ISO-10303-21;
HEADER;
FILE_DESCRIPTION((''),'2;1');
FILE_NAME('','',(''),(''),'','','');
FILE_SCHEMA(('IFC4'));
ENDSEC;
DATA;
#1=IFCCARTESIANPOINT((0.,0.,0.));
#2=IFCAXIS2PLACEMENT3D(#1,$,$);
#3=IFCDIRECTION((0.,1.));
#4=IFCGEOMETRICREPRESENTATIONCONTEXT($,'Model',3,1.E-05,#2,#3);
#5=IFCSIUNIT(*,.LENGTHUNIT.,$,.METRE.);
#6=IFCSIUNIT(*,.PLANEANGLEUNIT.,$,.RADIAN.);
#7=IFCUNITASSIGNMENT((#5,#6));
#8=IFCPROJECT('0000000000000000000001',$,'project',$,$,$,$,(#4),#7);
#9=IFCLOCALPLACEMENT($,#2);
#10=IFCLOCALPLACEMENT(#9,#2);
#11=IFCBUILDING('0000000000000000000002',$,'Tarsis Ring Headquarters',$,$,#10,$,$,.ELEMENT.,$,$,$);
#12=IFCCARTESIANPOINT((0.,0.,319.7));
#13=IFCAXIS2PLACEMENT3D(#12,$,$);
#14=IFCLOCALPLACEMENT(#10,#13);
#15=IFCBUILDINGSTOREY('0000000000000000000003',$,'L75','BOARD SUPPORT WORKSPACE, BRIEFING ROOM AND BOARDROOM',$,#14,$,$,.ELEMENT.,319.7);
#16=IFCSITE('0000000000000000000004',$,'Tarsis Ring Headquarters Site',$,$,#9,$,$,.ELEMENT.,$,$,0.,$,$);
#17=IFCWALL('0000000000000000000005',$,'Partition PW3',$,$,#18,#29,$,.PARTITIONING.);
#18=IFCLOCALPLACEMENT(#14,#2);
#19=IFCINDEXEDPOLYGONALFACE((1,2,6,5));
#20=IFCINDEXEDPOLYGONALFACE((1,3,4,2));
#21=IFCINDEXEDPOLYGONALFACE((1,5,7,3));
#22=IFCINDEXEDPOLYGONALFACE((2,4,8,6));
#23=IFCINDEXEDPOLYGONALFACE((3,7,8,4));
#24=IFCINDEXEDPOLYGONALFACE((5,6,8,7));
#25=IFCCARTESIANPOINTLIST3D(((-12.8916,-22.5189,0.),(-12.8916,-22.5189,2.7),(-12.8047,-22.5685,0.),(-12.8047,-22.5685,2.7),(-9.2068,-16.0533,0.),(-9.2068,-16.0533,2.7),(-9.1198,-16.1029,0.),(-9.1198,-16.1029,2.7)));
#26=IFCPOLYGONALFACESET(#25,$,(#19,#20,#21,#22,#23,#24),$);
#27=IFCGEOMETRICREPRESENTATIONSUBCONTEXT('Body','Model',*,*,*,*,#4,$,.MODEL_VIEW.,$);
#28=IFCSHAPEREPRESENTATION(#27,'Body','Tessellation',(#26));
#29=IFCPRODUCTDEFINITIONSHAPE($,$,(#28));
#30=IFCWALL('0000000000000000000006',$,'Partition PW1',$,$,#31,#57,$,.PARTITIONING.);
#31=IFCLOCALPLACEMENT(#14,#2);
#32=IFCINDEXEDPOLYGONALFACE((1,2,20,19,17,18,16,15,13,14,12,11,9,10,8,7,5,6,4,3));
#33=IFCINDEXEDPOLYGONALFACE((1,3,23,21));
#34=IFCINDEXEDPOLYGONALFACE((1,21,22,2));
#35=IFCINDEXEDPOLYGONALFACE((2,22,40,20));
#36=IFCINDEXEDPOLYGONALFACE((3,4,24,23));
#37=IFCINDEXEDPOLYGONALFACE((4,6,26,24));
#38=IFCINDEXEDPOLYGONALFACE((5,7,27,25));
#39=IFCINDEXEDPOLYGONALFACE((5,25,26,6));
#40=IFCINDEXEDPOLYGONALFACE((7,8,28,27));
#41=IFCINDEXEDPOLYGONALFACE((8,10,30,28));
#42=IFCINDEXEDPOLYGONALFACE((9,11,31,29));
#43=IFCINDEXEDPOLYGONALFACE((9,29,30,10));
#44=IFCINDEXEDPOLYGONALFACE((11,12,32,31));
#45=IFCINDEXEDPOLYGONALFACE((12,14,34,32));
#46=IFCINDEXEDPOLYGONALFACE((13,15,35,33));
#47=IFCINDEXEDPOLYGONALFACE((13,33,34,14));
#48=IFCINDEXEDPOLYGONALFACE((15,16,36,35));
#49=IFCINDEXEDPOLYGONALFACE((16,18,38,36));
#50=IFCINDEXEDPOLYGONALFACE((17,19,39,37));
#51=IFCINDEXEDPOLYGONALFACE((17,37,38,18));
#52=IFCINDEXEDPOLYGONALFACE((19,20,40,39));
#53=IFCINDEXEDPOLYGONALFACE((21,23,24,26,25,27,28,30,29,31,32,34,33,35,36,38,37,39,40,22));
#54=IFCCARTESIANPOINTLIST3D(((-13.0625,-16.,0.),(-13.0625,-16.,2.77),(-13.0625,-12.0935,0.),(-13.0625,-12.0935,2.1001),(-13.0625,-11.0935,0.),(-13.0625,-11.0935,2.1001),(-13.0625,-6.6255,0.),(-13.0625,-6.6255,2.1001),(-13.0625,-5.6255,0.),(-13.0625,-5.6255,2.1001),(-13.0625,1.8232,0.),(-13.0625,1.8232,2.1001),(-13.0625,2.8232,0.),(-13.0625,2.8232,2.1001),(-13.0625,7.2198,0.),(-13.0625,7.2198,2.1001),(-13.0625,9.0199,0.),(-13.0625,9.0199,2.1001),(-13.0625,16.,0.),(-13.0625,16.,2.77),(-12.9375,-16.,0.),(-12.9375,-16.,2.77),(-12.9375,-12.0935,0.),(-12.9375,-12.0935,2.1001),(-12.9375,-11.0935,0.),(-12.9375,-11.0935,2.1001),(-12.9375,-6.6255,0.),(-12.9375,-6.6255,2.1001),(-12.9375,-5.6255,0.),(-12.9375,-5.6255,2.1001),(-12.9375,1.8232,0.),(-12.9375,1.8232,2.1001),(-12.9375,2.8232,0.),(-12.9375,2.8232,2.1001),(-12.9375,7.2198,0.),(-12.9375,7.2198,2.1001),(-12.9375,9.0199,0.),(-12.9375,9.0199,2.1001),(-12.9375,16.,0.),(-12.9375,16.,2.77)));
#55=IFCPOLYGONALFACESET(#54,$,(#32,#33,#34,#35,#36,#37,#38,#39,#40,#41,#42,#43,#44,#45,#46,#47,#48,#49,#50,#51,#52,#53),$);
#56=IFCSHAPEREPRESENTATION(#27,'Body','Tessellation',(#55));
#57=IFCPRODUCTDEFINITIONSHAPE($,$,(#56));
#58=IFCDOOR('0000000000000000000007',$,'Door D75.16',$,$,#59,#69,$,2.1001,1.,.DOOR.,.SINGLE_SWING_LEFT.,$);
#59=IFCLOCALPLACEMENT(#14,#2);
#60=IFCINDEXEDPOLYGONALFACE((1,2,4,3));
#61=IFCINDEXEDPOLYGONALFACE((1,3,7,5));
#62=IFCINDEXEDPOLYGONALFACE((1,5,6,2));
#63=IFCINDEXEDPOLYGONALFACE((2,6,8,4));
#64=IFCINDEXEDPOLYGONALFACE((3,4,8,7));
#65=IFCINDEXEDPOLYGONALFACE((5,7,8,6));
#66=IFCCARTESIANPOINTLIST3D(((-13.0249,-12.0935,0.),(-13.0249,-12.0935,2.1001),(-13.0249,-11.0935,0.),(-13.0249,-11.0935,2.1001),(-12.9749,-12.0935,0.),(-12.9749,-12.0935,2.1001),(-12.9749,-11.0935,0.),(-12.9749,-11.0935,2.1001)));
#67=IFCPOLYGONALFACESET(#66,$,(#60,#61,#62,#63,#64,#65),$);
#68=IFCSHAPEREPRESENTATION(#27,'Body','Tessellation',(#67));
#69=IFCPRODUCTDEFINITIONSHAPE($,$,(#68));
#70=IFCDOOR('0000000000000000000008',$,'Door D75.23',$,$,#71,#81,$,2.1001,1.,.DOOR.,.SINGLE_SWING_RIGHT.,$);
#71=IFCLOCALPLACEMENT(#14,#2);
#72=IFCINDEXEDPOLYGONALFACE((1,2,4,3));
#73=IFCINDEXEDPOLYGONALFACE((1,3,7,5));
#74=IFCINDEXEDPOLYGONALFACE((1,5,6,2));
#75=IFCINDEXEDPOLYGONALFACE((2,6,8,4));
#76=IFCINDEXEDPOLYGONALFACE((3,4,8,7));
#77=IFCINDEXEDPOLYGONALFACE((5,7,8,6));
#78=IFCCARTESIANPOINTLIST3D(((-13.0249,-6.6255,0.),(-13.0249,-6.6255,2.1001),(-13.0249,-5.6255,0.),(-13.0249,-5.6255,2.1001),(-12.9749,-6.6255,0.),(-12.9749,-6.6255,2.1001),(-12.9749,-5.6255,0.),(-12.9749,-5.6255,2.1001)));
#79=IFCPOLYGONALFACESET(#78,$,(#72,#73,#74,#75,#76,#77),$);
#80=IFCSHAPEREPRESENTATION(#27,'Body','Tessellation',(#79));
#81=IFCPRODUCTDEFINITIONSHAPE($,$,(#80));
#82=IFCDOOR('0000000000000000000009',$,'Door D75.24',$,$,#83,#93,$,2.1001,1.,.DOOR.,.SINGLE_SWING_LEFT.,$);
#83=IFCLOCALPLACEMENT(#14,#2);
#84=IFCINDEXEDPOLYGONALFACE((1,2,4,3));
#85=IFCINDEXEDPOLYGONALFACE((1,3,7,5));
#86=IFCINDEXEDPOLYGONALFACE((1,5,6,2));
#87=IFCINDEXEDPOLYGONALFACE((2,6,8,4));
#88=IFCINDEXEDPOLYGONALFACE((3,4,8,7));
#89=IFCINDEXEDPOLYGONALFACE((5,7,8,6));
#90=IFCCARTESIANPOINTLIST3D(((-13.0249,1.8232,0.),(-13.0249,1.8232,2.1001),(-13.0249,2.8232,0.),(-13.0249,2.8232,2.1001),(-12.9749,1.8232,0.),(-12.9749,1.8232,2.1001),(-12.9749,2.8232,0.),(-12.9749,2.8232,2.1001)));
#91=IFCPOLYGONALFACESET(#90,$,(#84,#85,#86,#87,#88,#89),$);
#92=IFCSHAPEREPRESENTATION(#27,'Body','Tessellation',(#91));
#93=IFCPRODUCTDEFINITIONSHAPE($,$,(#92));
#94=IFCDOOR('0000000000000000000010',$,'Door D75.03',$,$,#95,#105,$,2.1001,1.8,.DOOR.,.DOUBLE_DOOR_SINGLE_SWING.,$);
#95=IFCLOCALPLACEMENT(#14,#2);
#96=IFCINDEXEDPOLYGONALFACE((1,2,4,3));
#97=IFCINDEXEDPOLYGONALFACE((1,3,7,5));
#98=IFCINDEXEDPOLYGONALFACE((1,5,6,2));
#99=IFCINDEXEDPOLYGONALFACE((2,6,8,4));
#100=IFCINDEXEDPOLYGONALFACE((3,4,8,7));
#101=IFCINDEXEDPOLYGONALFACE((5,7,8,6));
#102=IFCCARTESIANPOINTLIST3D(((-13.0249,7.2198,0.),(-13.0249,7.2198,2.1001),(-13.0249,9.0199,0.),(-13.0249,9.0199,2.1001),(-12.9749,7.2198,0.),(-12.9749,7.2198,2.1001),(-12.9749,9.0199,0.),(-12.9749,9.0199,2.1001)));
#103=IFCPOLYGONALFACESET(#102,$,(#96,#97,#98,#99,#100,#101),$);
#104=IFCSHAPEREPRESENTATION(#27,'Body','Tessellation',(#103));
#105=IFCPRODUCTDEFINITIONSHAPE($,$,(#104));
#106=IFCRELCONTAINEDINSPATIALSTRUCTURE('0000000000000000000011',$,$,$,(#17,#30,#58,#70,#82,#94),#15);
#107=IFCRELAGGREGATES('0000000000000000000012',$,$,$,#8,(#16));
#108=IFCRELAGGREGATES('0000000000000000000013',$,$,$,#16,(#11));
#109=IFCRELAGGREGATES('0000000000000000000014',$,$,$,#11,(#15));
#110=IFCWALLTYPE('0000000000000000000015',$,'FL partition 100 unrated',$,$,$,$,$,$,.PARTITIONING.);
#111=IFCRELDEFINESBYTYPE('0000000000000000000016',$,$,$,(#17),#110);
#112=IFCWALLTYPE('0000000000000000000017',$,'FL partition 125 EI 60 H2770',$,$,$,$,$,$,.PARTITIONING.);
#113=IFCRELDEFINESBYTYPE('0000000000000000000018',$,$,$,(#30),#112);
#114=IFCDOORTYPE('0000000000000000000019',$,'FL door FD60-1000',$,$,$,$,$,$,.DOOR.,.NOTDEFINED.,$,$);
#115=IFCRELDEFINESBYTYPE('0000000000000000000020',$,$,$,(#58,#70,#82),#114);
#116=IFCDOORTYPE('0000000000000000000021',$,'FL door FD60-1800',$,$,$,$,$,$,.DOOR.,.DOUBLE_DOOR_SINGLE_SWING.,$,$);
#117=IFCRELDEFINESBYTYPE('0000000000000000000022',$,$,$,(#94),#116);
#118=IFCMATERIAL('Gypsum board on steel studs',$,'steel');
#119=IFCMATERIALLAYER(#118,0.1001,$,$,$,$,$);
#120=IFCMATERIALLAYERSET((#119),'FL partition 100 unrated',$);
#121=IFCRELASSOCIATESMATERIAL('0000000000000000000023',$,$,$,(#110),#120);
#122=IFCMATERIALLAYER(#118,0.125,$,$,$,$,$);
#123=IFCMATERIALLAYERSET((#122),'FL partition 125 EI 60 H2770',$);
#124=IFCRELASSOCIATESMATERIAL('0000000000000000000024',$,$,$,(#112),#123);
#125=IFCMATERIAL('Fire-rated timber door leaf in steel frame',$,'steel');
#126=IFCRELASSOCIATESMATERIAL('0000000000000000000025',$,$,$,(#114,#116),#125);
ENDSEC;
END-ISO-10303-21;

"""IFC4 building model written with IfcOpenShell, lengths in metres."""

from ifc_helpers import new_model, si_unit, direction, frame, frame_2d, origin, place, context, subcontext, project, spatial, rectangle, extrude, material, layer, layer_set, type_object, element, fill, save


model = new_model("IFC4")

# Units and contexts
model_context = context("Model", 3, precision=1e-05, world=origin(), true_north=direction((0.0, 1.0)))
body_context = subcontext(model_context, "Body", "Model", "MODEL_VIEW")
ifc_project = project(units=[si_unit("LENGTHUNIT", "METRE"), si_unit("PLANEANGLEUNIT", "RADIAN")], contexts=[model_context])

# Site, building, storey
site_placement = place(None, origin())
site = spatial("IfcSite", under=ifc_project, at=site_placement, Name="Tarsis Ring Headquarters Site", CompositionType="ELEMENT", RefElevation=0.0)
building_placement = place(site_placement, origin())
building = spatial("IfcBuilding", under=site, at=building_placement, Name="Tarsis Ring Headquarters", CompositionType="ELEMENT")
storey_placement = place(building_placement, frame((0.0, 0.0, 319.7)))
storey = spatial("IfcBuildingStorey", under=building, at=storey_placement, Name="L75", Description="BOARD SUPPORT WORKSPACE, BRIEFING ROOM AND BOARDROOM", CompositionType="ELEMENT", Elevation=319.7)

# Wall
ifc_material_1 = material(Name="Gypsum board on steel studs", Category="steel")
ifc_layer_1 = layer(ifc_material_1, 0.1001)
ifc_layer_set_1 = layer_set([ifc_layer_1], Name="FL partition 100 unrated")
wall_type_1 = type_object("IfcWallType", Name="FL partition 100 unrated", PredefinedType="PARTITIONING", material=ifc_layer_set_1)
wall_1_placement = place(storey_placement, frame((-12.8481, -22.5437, 0.0), z_axis=(0.0, 0.0, 1.0), x_axis=(0.495146, 0.86881, 0.0)))
element("IfcWall", 1, at=wall_1_placement, inside=storey, type_object=wall_type_1, Name="Partition PW3", PredefinedType="PARTITIONING", context=body_context, shape_type="SweptSolid", body=[
    extrude(rectangle(XDim=7.4419, YDim=0.1001, at=frame_2d((3.7209, 0.0))), origin(), (0.0, 0.0, 1.0), 2.7),
])

# Wall, openings, doors
ifc_layer_2 = layer(ifc_material_1, 0.125)
ifc_layer_set_2 = layer_set([ifc_layer_2], Name="FL partition 125 EI 60 H2770")
wall_type_2 = type_object("IfcWallType", Name="FL partition 125 EI 60 H2770", PredefinedType="PARTITIONING", material=ifc_layer_set_2)
wall_2_placement = place(storey_placement, frame((-13.0, -16.0, 0.0), z_axis=(0.0, 0.0, 1.0), x_axis=(0.0, 1.0, 0.0)))
wall_2 = element("IfcWall", 2, at=wall_2_placement, inside=storey, type_object=wall_type_2, Name="Partition PW1", PredefinedType="PARTITIONING", context=body_context, shape_type="SweptSolid", body=[
    extrude(rectangle(XDim=32.0, YDim=0.125, at=frame_2d((16.0, 0.0))), origin(), (0.0, 0.0, 1.0), 2.77),
])
opening_1_placement = place(wall_2_placement, frame((23.22, 0.0, 0.0)))
opening_1 = element("IfcOpeningElement", 3, at=opening_1_placement, cuts=wall_2, PredefinedType="OPENING", context=body_context, shape_type="SweptSolid", body=[
    extrude(rectangle(XDim=1.8, YDim=2.1001, at=frame_2d((0.8999, 1.05))), frame((0.0, 0.0725, 0.0), z_axis=(0.0, -1.0, 0.0), x_axis=(1.0, 0.0, 0.0)), (0.0, 0.0, 1.0), 0.145),
])
opening_2_placement = place(wall_2_placement, frame((3.9065, 0.0, 0.0)))
opening_2 = element("IfcOpeningElement", 4, at=opening_2_placement, cuts=wall_2, PredefinedType="OPENING", context=body_context, shape_type="SweptSolid", body=[
    extrude(rectangle(XDim=1.0, YDim=2.1001, at=frame_2d((0.5, 1.05))), frame((0.0, 0.0725, 0.0), z_axis=(0.0, -1.0, 0.0), x_axis=(1.0, 0.0, 0.0)), (0.0, 0.0, 1.0), 0.145),
])
opening_3_placement = place(wall_2_placement, frame((9.3745, 0.0, 0.0)))
opening_3 = element("IfcOpeningElement", 5, at=opening_3_placement, cuts=wall_2, PredefinedType="OPENING", context=body_context, shape_type="SweptSolid", body=[
    extrude(rectangle(XDim=1.0, YDim=2.1001, at=frame_2d((0.5, 1.05))), frame((0.0, 0.0725, 0.0), z_axis=(0.0, -1.0, 0.0), x_axis=(1.0, 0.0, 0.0)), (0.0, 0.0, 1.0), 0.145),
])
opening_4_placement = place(wall_2_placement, frame((17.8232, 0.0, 0.0)))
opening_4 = element("IfcOpeningElement", 6, at=opening_4_placement, cuts=wall_2, PredefinedType="OPENING", context=body_context, shape_type="SweptSolid", body=[
    extrude(rectangle(XDim=1.0, YDim=2.1001, at=frame_2d((0.5, 1.05))), frame((0.0, 0.0725, 0.0), z_axis=(0.0, -1.0, 0.0), x_axis=(1.0, 0.0, 0.0)), (0.0, 0.0, 1.0), 0.145),
])
ifc_material_2 = material(Name="Fire-rated timber door leaf in steel frame", Category="steel")
door_type_1 = type_object("IfcDoorType", Name="FL door FD60-1000", OperationType="NOTDEFINED", PredefinedType="DOOR", material=ifc_material_2)
door_1_placement = place(opening_2_placement, origin())
door_1 = element("IfcDoor", 7, at=door_1_placement, inside=storey, type_object=door_type_1, Name="Door D75.16", OperationType="SINGLE_SWING_LEFT", OverallHeight=2.1001, OverallWidth=1.0, PredefinedType="DOOR", context=body_context, shape_type="SweptSolid", body=[
    extrude(rectangle(XDim=1.0, YDim=2.1001, at=frame_2d((0.5, 1.05))), frame((0.0, 0.0249, 0.0), z_axis=(0.0, -1.0, 0.0), x_axis=(1.0, 0.0, 0.0)), (0.0, 0.0, 1.0), 0.05),
])
fill(opening_2, door_1)
door_2_placement = place(opening_3_placement, origin())
door_2 = element("IfcDoor", 8, at=door_2_placement, inside=storey, type_object=door_type_1, Name="Door D75.23", OperationType="SINGLE_SWING_RIGHT", OverallHeight=2.1001, OverallWidth=1.0, PredefinedType="DOOR", context=body_context, shape_type="SweptSolid", body=[
    extrude(rectangle(XDim=1.0, YDim=2.1001, at=frame_2d((0.5, 1.05))), frame((0.0, 0.0249, 0.0), z_axis=(0.0, -1.0, 0.0), x_axis=(1.0, 0.0, 0.0)), (0.0, 0.0, 1.0), 0.05),
])
fill(opening_3, door_2)
door_3_placement = place(opening_4_placement, origin())
door_3 = element("IfcDoor", 9, at=door_3_placement, inside=storey, type_object=door_type_1, Name="Door D75.24", OperationType="SINGLE_SWING_LEFT", OverallHeight=2.1001, OverallWidth=1.0, PredefinedType="DOOR", context=body_context, shape_type="SweptSolid", body=[
    extrude(rectangle(XDim=1.0, YDim=2.1001, at=frame_2d((0.5, 1.05))), frame((0.0, 0.0249, 0.0), z_axis=(0.0, -1.0, 0.0), x_axis=(1.0, 0.0, 0.0)), (0.0, 0.0, 1.0), 0.05),
])
fill(opening_4, door_3)
door_type_2 = type_object("IfcDoorType", Name="FL door FD60-1800", OperationType="DOUBLE_DOOR_SINGLE_SWING", PredefinedType="DOOR", material=ifc_material_2)
door_4_placement = place(opening_1_placement, origin())
door_4 = element("IfcDoor", 10, at=door_4_placement, inside=storey, type_object=door_type_2, Name="Door D75.03", OperationType="DOUBLE_DOOR_SINGLE_SWING", OverallHeight=2.1001, OverallWidth=1.8, PredefinedType="DOOR", context=body_context, shape_type="SweptSolid", body=[
    extrude(rectangle(XDim=1.8, YDim=2.1001, at=frame_2d((0.8999, 1.05))), frame((0.0, 0.0249, 0.0), z_axis=(0.0, -1.0, 0.0), x_axis=(1.0, 0.0, 0.0)), (0.0, 0.0, 1.0), 0.05),
])
fill(opening_1, door_4)

save(model, "model.ifc")
